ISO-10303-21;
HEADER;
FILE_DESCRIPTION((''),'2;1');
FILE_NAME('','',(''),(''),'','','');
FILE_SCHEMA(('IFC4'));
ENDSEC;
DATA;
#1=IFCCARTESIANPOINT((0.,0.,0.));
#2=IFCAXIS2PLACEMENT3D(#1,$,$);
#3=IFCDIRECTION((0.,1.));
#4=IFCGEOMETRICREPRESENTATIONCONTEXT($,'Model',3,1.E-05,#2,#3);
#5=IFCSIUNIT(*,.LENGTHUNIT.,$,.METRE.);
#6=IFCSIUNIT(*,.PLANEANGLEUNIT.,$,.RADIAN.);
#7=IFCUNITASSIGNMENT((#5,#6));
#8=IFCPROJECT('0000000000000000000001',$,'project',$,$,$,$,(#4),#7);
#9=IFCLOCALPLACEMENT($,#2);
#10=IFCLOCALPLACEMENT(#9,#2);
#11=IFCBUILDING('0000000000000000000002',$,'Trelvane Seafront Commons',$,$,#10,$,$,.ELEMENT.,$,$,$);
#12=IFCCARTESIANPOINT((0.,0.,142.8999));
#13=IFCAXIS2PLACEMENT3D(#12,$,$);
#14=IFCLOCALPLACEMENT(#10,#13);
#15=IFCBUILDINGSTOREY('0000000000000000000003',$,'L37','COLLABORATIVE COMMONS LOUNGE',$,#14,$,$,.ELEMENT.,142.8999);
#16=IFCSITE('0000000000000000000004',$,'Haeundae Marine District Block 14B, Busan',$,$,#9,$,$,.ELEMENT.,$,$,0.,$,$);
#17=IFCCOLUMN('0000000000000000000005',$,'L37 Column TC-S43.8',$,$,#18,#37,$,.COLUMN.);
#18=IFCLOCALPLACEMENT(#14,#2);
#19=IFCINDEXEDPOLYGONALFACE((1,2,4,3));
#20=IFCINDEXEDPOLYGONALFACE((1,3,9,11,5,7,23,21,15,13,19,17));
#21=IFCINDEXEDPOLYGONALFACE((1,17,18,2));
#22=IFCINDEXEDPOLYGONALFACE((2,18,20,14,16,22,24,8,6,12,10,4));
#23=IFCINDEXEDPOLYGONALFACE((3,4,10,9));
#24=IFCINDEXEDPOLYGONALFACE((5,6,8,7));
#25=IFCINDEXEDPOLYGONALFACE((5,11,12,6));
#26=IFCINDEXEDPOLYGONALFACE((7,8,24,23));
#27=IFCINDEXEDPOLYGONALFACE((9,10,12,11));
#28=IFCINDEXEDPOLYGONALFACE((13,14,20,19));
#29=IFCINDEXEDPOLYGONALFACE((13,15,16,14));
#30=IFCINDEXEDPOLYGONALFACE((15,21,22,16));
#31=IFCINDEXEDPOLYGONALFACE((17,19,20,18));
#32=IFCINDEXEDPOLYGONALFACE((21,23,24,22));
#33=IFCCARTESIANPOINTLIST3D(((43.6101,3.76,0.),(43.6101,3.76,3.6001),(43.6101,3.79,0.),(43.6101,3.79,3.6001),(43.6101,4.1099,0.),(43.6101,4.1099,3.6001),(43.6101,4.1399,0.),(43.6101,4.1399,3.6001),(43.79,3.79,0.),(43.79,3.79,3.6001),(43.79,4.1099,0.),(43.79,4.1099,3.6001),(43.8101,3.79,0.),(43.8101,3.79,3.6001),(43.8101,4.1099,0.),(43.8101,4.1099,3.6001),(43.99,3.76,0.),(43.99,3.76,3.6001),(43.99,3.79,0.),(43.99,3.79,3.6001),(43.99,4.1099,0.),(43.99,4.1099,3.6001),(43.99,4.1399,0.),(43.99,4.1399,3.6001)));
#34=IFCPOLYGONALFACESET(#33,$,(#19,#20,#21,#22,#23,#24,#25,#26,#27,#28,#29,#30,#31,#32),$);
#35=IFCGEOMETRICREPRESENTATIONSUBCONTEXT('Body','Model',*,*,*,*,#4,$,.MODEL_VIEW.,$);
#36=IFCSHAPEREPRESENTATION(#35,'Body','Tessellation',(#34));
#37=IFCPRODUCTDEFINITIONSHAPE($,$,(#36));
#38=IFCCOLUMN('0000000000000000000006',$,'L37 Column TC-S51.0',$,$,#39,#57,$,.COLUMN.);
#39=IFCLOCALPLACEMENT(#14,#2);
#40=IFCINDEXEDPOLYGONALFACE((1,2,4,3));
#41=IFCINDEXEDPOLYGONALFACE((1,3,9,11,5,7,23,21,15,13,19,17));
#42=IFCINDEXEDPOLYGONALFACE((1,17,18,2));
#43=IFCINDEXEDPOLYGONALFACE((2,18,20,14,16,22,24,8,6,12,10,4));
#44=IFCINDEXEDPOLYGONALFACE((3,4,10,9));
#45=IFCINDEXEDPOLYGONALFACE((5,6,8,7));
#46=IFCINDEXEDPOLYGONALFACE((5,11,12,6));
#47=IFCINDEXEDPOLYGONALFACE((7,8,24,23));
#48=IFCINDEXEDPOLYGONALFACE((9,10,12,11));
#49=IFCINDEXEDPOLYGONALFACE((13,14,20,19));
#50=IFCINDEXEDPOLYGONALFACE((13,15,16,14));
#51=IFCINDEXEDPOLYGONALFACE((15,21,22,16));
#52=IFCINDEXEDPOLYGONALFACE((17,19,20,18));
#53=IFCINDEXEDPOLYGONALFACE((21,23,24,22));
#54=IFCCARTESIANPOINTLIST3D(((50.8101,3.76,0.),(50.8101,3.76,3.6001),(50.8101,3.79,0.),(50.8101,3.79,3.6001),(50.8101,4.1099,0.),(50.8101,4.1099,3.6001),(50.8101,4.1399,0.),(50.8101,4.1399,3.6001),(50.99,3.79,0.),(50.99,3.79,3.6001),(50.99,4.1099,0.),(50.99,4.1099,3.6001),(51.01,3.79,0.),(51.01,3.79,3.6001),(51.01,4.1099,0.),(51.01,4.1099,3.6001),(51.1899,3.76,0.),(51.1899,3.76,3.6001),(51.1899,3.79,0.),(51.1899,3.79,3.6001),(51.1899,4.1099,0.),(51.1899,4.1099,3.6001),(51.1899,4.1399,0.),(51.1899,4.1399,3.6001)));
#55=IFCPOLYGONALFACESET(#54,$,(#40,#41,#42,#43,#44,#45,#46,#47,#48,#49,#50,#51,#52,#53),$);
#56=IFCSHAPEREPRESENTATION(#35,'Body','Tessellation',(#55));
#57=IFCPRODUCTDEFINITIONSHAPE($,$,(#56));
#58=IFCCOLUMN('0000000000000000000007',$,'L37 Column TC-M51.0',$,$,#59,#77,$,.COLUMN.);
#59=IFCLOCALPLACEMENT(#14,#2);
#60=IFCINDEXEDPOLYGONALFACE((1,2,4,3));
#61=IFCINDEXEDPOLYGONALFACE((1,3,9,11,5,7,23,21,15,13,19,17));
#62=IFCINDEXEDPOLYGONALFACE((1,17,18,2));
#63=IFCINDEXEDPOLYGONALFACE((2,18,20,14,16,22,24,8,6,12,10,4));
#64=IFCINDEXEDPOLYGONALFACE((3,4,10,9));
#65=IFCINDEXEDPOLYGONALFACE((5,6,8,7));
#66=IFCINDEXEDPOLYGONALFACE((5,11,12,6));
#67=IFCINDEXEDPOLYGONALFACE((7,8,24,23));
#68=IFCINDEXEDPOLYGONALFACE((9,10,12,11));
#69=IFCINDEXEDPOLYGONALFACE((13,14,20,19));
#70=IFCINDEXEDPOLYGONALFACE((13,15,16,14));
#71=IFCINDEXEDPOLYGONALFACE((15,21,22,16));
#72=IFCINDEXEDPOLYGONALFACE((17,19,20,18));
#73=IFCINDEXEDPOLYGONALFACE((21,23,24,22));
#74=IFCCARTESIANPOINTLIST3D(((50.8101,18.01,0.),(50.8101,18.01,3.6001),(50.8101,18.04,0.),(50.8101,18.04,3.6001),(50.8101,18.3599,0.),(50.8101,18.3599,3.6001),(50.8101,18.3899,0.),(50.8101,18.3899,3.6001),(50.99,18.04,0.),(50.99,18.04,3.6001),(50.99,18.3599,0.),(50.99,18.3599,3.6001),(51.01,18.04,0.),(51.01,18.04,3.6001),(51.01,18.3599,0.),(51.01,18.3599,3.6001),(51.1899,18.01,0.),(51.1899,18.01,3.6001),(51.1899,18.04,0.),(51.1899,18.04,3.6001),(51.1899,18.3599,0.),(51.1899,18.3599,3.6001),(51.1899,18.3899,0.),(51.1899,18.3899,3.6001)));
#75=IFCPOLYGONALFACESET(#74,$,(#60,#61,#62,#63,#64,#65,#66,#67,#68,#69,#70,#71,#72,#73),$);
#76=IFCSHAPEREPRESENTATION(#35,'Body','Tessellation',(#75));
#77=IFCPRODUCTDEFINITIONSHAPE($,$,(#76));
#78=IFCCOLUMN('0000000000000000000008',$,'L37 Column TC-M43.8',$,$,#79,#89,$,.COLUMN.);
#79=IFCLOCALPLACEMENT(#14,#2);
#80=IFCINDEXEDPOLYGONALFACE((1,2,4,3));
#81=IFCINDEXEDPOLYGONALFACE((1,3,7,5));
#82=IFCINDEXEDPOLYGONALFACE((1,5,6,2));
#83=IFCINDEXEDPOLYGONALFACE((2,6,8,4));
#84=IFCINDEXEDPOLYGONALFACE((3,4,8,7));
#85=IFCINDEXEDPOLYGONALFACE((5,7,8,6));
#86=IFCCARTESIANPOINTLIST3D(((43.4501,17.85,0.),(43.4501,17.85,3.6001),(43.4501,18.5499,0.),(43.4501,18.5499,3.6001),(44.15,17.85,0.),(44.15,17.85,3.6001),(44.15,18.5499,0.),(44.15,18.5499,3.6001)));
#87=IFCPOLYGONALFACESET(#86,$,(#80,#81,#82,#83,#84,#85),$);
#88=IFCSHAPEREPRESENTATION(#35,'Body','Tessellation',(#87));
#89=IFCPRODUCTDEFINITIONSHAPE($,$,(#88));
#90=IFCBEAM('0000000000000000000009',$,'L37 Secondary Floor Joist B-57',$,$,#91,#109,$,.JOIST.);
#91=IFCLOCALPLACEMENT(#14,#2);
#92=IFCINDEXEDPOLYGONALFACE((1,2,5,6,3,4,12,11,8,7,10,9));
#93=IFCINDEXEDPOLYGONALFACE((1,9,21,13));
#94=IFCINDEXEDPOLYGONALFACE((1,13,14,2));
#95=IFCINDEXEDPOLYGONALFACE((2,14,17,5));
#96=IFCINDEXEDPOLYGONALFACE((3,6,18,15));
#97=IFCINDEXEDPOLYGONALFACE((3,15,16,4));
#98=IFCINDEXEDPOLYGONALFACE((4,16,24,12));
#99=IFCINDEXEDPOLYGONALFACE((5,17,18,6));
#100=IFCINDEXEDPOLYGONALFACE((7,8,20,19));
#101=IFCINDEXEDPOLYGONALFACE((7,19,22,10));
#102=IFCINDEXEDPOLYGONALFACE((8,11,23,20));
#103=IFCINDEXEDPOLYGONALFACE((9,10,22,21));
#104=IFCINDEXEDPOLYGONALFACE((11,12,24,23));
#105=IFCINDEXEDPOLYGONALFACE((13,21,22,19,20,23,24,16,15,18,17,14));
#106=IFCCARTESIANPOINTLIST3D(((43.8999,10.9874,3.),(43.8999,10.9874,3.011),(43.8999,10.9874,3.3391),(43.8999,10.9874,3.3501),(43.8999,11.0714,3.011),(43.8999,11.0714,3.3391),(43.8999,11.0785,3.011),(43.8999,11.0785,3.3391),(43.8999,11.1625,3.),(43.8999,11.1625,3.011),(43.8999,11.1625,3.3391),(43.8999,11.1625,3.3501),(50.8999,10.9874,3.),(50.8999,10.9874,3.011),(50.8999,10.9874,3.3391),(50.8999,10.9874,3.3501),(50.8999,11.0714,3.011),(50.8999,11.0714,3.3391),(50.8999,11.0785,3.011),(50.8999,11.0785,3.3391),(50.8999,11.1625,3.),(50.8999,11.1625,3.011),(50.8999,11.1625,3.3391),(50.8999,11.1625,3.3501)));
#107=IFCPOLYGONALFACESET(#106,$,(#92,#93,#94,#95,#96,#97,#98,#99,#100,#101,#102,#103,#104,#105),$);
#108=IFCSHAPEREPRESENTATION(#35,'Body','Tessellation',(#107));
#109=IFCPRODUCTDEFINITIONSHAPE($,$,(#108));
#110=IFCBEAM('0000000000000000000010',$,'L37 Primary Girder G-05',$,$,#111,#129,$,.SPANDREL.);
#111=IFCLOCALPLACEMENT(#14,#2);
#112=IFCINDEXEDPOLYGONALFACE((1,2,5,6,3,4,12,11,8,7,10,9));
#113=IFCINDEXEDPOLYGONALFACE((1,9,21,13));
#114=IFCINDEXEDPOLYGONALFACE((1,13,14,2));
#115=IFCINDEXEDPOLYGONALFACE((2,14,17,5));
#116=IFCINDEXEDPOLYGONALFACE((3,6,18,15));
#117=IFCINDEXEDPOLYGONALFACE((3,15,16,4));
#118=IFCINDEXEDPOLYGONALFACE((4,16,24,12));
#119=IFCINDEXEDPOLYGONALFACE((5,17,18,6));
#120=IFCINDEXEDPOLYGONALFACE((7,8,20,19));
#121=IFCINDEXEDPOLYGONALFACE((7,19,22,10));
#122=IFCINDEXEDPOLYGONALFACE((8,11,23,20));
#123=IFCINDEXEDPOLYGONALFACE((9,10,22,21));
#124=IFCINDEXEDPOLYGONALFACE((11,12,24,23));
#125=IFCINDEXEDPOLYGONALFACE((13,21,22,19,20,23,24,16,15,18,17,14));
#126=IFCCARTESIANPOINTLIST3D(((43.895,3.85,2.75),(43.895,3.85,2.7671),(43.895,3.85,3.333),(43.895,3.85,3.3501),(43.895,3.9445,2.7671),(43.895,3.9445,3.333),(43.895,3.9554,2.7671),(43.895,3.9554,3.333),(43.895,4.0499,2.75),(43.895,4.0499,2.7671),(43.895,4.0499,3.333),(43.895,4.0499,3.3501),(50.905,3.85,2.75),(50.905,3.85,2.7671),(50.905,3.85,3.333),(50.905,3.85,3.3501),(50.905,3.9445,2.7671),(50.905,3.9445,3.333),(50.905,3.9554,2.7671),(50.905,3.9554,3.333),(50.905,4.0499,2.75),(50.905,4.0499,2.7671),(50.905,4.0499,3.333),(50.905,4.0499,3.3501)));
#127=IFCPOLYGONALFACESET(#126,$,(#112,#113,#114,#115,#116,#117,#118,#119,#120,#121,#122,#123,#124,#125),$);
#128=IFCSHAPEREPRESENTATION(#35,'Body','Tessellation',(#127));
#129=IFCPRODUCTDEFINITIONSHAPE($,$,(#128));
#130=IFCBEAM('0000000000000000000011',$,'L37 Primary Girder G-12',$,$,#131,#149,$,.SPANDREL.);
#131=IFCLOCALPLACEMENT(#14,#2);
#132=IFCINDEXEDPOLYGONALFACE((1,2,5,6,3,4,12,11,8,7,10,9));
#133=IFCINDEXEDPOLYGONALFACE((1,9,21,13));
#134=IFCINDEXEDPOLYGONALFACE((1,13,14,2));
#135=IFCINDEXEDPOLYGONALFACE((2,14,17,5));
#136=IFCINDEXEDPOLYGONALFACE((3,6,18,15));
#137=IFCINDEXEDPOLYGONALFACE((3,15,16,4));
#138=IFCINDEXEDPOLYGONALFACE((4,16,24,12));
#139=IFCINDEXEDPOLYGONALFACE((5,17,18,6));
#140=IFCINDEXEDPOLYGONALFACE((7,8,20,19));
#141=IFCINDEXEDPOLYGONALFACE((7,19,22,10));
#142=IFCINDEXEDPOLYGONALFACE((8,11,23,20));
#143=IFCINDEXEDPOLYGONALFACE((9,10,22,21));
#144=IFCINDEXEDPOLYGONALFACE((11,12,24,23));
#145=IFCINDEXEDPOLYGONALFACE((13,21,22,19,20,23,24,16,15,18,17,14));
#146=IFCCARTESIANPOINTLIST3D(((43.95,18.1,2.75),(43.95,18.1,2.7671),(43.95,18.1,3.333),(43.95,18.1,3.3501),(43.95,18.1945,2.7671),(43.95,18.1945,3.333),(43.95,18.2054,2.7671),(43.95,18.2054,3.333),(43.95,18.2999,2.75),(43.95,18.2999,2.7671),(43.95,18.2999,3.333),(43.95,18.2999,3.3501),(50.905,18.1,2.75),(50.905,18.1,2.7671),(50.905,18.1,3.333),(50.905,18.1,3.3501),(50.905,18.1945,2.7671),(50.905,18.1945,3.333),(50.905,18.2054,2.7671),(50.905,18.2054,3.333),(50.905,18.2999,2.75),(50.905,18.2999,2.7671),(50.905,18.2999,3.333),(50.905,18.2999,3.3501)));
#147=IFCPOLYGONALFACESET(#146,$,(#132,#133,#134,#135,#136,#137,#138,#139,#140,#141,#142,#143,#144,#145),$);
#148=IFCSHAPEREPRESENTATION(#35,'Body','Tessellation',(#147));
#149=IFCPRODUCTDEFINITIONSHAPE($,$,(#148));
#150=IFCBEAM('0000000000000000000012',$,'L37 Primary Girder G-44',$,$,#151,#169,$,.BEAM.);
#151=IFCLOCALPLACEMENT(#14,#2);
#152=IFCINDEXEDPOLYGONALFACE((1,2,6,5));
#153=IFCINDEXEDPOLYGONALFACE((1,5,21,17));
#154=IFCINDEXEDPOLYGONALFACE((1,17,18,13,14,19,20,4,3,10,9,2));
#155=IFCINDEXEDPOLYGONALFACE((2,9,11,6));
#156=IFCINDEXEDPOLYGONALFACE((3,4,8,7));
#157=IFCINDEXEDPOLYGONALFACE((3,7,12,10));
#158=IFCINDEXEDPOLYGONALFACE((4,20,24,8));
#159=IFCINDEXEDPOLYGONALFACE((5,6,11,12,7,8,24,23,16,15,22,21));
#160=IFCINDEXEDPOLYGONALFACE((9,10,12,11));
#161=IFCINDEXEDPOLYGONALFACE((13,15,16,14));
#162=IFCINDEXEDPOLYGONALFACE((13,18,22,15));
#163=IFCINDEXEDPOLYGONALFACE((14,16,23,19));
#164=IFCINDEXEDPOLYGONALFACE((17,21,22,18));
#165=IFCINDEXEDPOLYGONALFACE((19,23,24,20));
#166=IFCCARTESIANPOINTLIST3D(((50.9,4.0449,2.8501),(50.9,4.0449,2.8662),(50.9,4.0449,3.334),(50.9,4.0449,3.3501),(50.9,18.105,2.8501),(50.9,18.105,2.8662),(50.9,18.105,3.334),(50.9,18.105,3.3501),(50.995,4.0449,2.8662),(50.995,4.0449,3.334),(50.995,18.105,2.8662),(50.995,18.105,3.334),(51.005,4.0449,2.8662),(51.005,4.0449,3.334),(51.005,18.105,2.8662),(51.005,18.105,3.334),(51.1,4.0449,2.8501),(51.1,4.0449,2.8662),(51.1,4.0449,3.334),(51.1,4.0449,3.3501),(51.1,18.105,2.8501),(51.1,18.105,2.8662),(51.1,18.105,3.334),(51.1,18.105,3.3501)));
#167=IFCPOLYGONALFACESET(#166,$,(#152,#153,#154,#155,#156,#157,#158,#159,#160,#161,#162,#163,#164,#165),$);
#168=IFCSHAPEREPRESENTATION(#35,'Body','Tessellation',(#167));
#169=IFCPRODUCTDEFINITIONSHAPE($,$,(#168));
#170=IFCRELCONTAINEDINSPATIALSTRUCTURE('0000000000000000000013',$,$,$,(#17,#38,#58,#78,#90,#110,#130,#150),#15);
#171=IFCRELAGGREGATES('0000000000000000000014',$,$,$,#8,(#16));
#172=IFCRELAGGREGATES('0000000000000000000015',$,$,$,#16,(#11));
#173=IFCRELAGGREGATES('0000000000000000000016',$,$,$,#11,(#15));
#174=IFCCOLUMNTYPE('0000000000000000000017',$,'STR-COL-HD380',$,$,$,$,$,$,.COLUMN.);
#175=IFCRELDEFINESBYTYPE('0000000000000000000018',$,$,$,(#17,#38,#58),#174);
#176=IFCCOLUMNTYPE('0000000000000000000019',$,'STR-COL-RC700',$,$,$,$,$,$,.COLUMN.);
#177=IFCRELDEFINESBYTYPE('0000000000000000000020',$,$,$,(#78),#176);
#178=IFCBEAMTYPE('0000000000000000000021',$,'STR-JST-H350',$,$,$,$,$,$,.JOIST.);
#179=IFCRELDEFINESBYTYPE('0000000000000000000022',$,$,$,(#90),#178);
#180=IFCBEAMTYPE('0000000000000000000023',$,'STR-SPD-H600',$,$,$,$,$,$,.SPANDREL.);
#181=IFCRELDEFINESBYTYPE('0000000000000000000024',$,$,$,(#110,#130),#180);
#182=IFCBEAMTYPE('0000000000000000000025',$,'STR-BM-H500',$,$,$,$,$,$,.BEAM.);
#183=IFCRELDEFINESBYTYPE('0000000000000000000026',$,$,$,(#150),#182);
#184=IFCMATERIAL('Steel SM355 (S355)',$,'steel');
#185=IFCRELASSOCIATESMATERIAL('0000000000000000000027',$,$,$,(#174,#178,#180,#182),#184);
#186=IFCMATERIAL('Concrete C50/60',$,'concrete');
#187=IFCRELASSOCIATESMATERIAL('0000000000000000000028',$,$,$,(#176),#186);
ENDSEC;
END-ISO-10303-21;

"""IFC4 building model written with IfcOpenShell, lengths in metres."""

from ifc_helpers import new_model, si_unit, direction, frame, origin, origin_2d, place, context, subcontext, project, spatial, rectangle, i_section, extrude, source, transform, mapped, material, material_profile, profile_set, type_object, element, save


model = new_model("IFC4")

# Units and contexts
model_context = context("Model", 3, precision=1e-05, world=origin(), true_north=direction((0.0, 1.0)))
body_context = subcontext(model_context, "Body", "Model", "MODEL_VIEW")
ifc_project = project(units=[si_unit("LENGTHUNIT", "METRE"), si_unit("PLANEANGLEUNIT", "RADIAN")], contexts=[model_context])

# Site, building, storey
site_placement = place(None, origin())
site = spatial("IfcSite", under=ifc_project, at=site_placement, Name="Haeundae Marine District Block 14B, Busan", CompositionType="ELEMENT", RefElevation=0.0)
building_placement = place(site_placement, origin())
building = spatial("IfcBuilding", under=site, at=building_placement, Name="Trelvane Seafront Commons", CompositionType="ELEMENT")
storey_placement = place(building_placement, frame((0.0, 0.0, 142.8999)))
storey = spatial("IfcBuildingStorey", under=building, at=storey_placement, Name="L37", Description="COLLABORATIVE COMMONS LOUNGE", CompositionType="ELEMENT", Elevation=142.8999)

# Columns
ifc_material_1 = material(Name="Steel SM355 (S355)", Category="steel")
ifc_material_profile_1 = material_profile(ifc_material_1, i_section(OverallWidth=0.3799, OverallDepth=0.3799, WebThickness=0.02, FlangeThickness=0.03, at=origin_2d()), Name="HD-380x380x20x30")
ifc_profile_set_1 = profile_set([ifc_material_profile_1], Name="Steel SM355 (S355)")
column_type_1 = type_object("IfcColumnType", Name="STR-COL-HD380", PredefinedType="COLUMN", material=ifc_profile_set_1)
shared_shape_1 = source(origin(), body_context, "Body", "SweptSolid", [
    extrude(i_section(OverallWidth=0.3799, OverallDepth=0.3799, WebThickness=0.02, FlangeThickness=0.03, at=origin_2d()), origin(), (0.0, 0.0, 1.0), 3.6001),
])
for number, where, z_axis, x_axis, name in (
    (1, (43.8, 3.95, 0.0), (0.0, 0.0, 1.0), (1.0, 0.0, 0.0), "L37 Column TC-S43.8"),
    (2, (51.0, 3.95, 0.0), (0.0, 0.0, 1.0), (1.0, 0.0, 0.0), "L37 Column TC-S51.0"),
    (3, (51.0, 18.2, 0.0), (0.0, 0.0, 1.0), (1.0, 0.0, 0.0), "L37 Column TC-M51.0"),
):
    element("IfcColumn", number, at=place(storey_placement, frame(where, z_axis=z_axis, x_axis=x_axis)), inside=storey, type_object=column_type_1, Name=name, PredefinedType="COLUMN", context=body_context, shape_type="MappedRepresentation", body=[
        mapped(shared_shape_1, transform((0.0, 0.0, 0.0), x_axis=(1.0, 0.0, 0.0), y_axis=(0.0, 1.0, 0.0), z_axis=(0.0, 0.0, 1.0), scale=1.0)),
    ])
ifc_material_2 = material(Name="Concrete C50/60", Category="concrete")
ifc_material_profile_2 = material_profile(ifc_material_2, rectangle(XDim=0.7, YDim=0.7, at=origin_2d()), Name="RC-700x700")
ifc_profile_set_2 = profile_set([ifc_material_profile_2], Name="Concrete C50/60")
column_type_2 = type_object("IfcColumnType", Name="STR-COL-RC700", PredefinedType="COLUMN", material=ifc_profile_set_2)
shared_shape_2 = source(origin(), body_context, "Body", "SweptSolid", [
    extrude(rectangle(XDim=0.7, YDim=0.7, at=origin_2d()), origin(), (0.0, 0.0, 1.0), 3.6001),
])
column_placement = place(storey_placement, frame((43.8, 18.2, 0.0), z_axis=(0.0, 0.0, 1.0), x_axis=(1.0, 0.0, 0.0)))
element("IfcColumn", 4, at=column_placement, inside=storey, type_object=column_type_2, Name="L37 Column TC-M43.8", PredefinedType="COLUMN", context=body_context, shape_type="MappedRepresentation", body=[
    mapped(shared_shape_2, transform((0.0, 0.0, 0.0), x_axis=(1.0, 0.0, 0.0), y_axis=(0.0, 1.0, 0.0), z_axis=(0.0, 0.0, 1.0), scale=1.0)),
])

# Beams
ifc_material_profile_3 = material_profile(ifc_material_1, i_section(OverallWidth=0.175, OverallDepth=0.3501, WebThickness=0.0071, FlangeThickness=0.011, at=origin_2d()), Name="H-350x175x7x11")
ifc_profile_set_3 = profile_set([ifc_material_profile_3], Name="Steel SM355 (S355)")
beam_type_1 = type_object("IfcBeamType", Name="STR-JST-H350", PredefinedType="JOIST", material=ifc_profile_set_3)
shared_shape_3 = source(origin(), body_context, "Body", "SweptSolid", [
    extrude(i_section(OverallWidth=0.175, OverallDepth=0.3501, WebThickness=0.0071, FlangeThickness=0.011, at=origin_2d()), origin(), (0.0, 0.0, 1.0), 7.0),
])
beam_1_placement = place(storey_placement, frame((43.8999, 11.075, 3.175), z_axis=(1.0, 0.0, 0.0), x_axis=(0.0, 1.0, 0.0)))
element("IfcBeam", 5, at=beam_1_placement, inside=storey, type_object=beam_type_1, Name="L37 Secondary Floor Joist B-57", PredefinedType="JOIST", context=body_context, shape_type="MappedRepresentation", body=[
    mapped(shared_shape_3, transform((0.0, 0.0, 0.0), x_axis=(1.0, 0.0, 0.0), y_axis=(0.0, 1.0, 0.0), z_axis=(0.0, 0.0, 1.0), scale=1.0)),
])
ifc_material_profile_4 = material_profile(ifc_material_1, i_section(OverallWidth=0.2, OverallDepth=0.6001, WebThickness=0.011, FlangeThickness=0.0171, at=origin_2d()), Name="H-600x200x11x17")
ifc_profile_set_4 = profile_set([ifc_material_profile_4], Name="Steel SM355 (S355)")
beam_type_2 = type_object("IfcBeamType", Name="STR-SPD-H600", PredefinedType="SPANDREL", material=ifc_profile_set_4)
shared_shape_4 = source(origin(), body_context, "Body", "SweptSolid", [
    extrude(i_section(OverallWidth=0.2, OverallDepth=0.6001, WebThickness=0.011, FlangeThickness=0.0171, at=origin_2d()), origin(), (0.0, 0.0, 1.0), 7.01),
])
beam_2_placement = place(storey_placement, frame((43.895, 3.95, 3.05), z_axis=(1.0, 0.0, 0.0), x_axis=(0.0, 1.0, 0.0)))
element("IfcBeam", 6, at=beam_2_placement, inside=storey, type_object=beam_type_2, Name="L37 Primary Girder G-05", PredefinedType="SPANDREL", context=body_context, shape_type="MappedRepresentation", body=[
    mapped(shared_shape_4, transform((0.0, 0.0, 0.0), x_axis=(1.0, 0.0, 0.0), y_axis=(0.0, 1.0, 0.0), z_axis=(0.0, 0.0, 1.0), scale=1.0)),
])
shared_shape_5 = source(origin(), body_context, "Body", "SweptSolid", [
    extrude(i_section(OverallWidth=0.2, OverallDepth=0.6001, WebThickness=0.011, FlangeThickness=0.0171, at=origin_2d()), origin(), (0.0, 0.0, 1.0), 6.9551),
])
beam_3_placement = place(storey_placement, frame((43.95, 18.2, 3.05), z_axis=(1.0, 0.0, 0.0), x_axis=(0.0, 1.0, 0.0)))
element("IfcBeam", 7, at=beam_3_placement, inside=storey, type_object=beam_type_2, Name="L37 Primary Girder G-12", PredefinedType="SPANDREL", context=body_context, shape_type="MappedRepresentation", body=[
    mapped(shared_shape_5, transform((0.0, 0.0, 0.0), x_axis=(1.0, 0.0, 0.0), y_axis=(0.0, 1.0, 0.0), z_axis=(0.0, 0.0, 1.0), scale=1.0)),
])
ifc_material_profile_5 = material_profile(ifc_material_1, i_section(OverallWidth=0.2, OverallDepth=0.5, WebThickness=0.01, FlangeThickness=0.0161, at=origin_2d()), Name="H-500x200x10x16")
ifc_profile_set_5 = profile_set([ifc_material_profile_5], Name="Steel SM355 (S355)")
beam_type_3 = type_object("IfcBeamType", Name="STR-BM-H500", PredefinedType="BEAM", material=ifc_profile_set_5)
shared_shape_6 = source(origin(), body_context, "Body", "SweptSolid", [
    extrude(i_section(OverallWidth=0.2, OverallDepth=0.5, WebThickness=0.01, FlangeThickness=0.0161, at=origin_2d()), origin(), (0.0, 0.0, 1.0), 14.0601),
])
beam_4_placement = place(storey_placement, frame((51.0, 4.0449, 3.1001), z_axis=(0.0, 1.0, 0.0), x_axis=(-1.0, 0.0, 0.0)))
element("IfcBeam", 8, at=beam_4_placement, inside=storey, type_object=beam_type_3, Name="L37 Primary Girder G-44", PredefinedType="BEAM", context=body_context, shape_type="MappedRepresentation", body=[
    mapped(shared_shape_6, transform((0.0, 0.0, 0.0), x_axis=(1.0, 0.0, 0.0), y_axis=(0.0, 1.0, 0.0), z_axis=(0.0, 0.0, 1.0), scale=1.0)),
])

save(model, "model.ifc")
